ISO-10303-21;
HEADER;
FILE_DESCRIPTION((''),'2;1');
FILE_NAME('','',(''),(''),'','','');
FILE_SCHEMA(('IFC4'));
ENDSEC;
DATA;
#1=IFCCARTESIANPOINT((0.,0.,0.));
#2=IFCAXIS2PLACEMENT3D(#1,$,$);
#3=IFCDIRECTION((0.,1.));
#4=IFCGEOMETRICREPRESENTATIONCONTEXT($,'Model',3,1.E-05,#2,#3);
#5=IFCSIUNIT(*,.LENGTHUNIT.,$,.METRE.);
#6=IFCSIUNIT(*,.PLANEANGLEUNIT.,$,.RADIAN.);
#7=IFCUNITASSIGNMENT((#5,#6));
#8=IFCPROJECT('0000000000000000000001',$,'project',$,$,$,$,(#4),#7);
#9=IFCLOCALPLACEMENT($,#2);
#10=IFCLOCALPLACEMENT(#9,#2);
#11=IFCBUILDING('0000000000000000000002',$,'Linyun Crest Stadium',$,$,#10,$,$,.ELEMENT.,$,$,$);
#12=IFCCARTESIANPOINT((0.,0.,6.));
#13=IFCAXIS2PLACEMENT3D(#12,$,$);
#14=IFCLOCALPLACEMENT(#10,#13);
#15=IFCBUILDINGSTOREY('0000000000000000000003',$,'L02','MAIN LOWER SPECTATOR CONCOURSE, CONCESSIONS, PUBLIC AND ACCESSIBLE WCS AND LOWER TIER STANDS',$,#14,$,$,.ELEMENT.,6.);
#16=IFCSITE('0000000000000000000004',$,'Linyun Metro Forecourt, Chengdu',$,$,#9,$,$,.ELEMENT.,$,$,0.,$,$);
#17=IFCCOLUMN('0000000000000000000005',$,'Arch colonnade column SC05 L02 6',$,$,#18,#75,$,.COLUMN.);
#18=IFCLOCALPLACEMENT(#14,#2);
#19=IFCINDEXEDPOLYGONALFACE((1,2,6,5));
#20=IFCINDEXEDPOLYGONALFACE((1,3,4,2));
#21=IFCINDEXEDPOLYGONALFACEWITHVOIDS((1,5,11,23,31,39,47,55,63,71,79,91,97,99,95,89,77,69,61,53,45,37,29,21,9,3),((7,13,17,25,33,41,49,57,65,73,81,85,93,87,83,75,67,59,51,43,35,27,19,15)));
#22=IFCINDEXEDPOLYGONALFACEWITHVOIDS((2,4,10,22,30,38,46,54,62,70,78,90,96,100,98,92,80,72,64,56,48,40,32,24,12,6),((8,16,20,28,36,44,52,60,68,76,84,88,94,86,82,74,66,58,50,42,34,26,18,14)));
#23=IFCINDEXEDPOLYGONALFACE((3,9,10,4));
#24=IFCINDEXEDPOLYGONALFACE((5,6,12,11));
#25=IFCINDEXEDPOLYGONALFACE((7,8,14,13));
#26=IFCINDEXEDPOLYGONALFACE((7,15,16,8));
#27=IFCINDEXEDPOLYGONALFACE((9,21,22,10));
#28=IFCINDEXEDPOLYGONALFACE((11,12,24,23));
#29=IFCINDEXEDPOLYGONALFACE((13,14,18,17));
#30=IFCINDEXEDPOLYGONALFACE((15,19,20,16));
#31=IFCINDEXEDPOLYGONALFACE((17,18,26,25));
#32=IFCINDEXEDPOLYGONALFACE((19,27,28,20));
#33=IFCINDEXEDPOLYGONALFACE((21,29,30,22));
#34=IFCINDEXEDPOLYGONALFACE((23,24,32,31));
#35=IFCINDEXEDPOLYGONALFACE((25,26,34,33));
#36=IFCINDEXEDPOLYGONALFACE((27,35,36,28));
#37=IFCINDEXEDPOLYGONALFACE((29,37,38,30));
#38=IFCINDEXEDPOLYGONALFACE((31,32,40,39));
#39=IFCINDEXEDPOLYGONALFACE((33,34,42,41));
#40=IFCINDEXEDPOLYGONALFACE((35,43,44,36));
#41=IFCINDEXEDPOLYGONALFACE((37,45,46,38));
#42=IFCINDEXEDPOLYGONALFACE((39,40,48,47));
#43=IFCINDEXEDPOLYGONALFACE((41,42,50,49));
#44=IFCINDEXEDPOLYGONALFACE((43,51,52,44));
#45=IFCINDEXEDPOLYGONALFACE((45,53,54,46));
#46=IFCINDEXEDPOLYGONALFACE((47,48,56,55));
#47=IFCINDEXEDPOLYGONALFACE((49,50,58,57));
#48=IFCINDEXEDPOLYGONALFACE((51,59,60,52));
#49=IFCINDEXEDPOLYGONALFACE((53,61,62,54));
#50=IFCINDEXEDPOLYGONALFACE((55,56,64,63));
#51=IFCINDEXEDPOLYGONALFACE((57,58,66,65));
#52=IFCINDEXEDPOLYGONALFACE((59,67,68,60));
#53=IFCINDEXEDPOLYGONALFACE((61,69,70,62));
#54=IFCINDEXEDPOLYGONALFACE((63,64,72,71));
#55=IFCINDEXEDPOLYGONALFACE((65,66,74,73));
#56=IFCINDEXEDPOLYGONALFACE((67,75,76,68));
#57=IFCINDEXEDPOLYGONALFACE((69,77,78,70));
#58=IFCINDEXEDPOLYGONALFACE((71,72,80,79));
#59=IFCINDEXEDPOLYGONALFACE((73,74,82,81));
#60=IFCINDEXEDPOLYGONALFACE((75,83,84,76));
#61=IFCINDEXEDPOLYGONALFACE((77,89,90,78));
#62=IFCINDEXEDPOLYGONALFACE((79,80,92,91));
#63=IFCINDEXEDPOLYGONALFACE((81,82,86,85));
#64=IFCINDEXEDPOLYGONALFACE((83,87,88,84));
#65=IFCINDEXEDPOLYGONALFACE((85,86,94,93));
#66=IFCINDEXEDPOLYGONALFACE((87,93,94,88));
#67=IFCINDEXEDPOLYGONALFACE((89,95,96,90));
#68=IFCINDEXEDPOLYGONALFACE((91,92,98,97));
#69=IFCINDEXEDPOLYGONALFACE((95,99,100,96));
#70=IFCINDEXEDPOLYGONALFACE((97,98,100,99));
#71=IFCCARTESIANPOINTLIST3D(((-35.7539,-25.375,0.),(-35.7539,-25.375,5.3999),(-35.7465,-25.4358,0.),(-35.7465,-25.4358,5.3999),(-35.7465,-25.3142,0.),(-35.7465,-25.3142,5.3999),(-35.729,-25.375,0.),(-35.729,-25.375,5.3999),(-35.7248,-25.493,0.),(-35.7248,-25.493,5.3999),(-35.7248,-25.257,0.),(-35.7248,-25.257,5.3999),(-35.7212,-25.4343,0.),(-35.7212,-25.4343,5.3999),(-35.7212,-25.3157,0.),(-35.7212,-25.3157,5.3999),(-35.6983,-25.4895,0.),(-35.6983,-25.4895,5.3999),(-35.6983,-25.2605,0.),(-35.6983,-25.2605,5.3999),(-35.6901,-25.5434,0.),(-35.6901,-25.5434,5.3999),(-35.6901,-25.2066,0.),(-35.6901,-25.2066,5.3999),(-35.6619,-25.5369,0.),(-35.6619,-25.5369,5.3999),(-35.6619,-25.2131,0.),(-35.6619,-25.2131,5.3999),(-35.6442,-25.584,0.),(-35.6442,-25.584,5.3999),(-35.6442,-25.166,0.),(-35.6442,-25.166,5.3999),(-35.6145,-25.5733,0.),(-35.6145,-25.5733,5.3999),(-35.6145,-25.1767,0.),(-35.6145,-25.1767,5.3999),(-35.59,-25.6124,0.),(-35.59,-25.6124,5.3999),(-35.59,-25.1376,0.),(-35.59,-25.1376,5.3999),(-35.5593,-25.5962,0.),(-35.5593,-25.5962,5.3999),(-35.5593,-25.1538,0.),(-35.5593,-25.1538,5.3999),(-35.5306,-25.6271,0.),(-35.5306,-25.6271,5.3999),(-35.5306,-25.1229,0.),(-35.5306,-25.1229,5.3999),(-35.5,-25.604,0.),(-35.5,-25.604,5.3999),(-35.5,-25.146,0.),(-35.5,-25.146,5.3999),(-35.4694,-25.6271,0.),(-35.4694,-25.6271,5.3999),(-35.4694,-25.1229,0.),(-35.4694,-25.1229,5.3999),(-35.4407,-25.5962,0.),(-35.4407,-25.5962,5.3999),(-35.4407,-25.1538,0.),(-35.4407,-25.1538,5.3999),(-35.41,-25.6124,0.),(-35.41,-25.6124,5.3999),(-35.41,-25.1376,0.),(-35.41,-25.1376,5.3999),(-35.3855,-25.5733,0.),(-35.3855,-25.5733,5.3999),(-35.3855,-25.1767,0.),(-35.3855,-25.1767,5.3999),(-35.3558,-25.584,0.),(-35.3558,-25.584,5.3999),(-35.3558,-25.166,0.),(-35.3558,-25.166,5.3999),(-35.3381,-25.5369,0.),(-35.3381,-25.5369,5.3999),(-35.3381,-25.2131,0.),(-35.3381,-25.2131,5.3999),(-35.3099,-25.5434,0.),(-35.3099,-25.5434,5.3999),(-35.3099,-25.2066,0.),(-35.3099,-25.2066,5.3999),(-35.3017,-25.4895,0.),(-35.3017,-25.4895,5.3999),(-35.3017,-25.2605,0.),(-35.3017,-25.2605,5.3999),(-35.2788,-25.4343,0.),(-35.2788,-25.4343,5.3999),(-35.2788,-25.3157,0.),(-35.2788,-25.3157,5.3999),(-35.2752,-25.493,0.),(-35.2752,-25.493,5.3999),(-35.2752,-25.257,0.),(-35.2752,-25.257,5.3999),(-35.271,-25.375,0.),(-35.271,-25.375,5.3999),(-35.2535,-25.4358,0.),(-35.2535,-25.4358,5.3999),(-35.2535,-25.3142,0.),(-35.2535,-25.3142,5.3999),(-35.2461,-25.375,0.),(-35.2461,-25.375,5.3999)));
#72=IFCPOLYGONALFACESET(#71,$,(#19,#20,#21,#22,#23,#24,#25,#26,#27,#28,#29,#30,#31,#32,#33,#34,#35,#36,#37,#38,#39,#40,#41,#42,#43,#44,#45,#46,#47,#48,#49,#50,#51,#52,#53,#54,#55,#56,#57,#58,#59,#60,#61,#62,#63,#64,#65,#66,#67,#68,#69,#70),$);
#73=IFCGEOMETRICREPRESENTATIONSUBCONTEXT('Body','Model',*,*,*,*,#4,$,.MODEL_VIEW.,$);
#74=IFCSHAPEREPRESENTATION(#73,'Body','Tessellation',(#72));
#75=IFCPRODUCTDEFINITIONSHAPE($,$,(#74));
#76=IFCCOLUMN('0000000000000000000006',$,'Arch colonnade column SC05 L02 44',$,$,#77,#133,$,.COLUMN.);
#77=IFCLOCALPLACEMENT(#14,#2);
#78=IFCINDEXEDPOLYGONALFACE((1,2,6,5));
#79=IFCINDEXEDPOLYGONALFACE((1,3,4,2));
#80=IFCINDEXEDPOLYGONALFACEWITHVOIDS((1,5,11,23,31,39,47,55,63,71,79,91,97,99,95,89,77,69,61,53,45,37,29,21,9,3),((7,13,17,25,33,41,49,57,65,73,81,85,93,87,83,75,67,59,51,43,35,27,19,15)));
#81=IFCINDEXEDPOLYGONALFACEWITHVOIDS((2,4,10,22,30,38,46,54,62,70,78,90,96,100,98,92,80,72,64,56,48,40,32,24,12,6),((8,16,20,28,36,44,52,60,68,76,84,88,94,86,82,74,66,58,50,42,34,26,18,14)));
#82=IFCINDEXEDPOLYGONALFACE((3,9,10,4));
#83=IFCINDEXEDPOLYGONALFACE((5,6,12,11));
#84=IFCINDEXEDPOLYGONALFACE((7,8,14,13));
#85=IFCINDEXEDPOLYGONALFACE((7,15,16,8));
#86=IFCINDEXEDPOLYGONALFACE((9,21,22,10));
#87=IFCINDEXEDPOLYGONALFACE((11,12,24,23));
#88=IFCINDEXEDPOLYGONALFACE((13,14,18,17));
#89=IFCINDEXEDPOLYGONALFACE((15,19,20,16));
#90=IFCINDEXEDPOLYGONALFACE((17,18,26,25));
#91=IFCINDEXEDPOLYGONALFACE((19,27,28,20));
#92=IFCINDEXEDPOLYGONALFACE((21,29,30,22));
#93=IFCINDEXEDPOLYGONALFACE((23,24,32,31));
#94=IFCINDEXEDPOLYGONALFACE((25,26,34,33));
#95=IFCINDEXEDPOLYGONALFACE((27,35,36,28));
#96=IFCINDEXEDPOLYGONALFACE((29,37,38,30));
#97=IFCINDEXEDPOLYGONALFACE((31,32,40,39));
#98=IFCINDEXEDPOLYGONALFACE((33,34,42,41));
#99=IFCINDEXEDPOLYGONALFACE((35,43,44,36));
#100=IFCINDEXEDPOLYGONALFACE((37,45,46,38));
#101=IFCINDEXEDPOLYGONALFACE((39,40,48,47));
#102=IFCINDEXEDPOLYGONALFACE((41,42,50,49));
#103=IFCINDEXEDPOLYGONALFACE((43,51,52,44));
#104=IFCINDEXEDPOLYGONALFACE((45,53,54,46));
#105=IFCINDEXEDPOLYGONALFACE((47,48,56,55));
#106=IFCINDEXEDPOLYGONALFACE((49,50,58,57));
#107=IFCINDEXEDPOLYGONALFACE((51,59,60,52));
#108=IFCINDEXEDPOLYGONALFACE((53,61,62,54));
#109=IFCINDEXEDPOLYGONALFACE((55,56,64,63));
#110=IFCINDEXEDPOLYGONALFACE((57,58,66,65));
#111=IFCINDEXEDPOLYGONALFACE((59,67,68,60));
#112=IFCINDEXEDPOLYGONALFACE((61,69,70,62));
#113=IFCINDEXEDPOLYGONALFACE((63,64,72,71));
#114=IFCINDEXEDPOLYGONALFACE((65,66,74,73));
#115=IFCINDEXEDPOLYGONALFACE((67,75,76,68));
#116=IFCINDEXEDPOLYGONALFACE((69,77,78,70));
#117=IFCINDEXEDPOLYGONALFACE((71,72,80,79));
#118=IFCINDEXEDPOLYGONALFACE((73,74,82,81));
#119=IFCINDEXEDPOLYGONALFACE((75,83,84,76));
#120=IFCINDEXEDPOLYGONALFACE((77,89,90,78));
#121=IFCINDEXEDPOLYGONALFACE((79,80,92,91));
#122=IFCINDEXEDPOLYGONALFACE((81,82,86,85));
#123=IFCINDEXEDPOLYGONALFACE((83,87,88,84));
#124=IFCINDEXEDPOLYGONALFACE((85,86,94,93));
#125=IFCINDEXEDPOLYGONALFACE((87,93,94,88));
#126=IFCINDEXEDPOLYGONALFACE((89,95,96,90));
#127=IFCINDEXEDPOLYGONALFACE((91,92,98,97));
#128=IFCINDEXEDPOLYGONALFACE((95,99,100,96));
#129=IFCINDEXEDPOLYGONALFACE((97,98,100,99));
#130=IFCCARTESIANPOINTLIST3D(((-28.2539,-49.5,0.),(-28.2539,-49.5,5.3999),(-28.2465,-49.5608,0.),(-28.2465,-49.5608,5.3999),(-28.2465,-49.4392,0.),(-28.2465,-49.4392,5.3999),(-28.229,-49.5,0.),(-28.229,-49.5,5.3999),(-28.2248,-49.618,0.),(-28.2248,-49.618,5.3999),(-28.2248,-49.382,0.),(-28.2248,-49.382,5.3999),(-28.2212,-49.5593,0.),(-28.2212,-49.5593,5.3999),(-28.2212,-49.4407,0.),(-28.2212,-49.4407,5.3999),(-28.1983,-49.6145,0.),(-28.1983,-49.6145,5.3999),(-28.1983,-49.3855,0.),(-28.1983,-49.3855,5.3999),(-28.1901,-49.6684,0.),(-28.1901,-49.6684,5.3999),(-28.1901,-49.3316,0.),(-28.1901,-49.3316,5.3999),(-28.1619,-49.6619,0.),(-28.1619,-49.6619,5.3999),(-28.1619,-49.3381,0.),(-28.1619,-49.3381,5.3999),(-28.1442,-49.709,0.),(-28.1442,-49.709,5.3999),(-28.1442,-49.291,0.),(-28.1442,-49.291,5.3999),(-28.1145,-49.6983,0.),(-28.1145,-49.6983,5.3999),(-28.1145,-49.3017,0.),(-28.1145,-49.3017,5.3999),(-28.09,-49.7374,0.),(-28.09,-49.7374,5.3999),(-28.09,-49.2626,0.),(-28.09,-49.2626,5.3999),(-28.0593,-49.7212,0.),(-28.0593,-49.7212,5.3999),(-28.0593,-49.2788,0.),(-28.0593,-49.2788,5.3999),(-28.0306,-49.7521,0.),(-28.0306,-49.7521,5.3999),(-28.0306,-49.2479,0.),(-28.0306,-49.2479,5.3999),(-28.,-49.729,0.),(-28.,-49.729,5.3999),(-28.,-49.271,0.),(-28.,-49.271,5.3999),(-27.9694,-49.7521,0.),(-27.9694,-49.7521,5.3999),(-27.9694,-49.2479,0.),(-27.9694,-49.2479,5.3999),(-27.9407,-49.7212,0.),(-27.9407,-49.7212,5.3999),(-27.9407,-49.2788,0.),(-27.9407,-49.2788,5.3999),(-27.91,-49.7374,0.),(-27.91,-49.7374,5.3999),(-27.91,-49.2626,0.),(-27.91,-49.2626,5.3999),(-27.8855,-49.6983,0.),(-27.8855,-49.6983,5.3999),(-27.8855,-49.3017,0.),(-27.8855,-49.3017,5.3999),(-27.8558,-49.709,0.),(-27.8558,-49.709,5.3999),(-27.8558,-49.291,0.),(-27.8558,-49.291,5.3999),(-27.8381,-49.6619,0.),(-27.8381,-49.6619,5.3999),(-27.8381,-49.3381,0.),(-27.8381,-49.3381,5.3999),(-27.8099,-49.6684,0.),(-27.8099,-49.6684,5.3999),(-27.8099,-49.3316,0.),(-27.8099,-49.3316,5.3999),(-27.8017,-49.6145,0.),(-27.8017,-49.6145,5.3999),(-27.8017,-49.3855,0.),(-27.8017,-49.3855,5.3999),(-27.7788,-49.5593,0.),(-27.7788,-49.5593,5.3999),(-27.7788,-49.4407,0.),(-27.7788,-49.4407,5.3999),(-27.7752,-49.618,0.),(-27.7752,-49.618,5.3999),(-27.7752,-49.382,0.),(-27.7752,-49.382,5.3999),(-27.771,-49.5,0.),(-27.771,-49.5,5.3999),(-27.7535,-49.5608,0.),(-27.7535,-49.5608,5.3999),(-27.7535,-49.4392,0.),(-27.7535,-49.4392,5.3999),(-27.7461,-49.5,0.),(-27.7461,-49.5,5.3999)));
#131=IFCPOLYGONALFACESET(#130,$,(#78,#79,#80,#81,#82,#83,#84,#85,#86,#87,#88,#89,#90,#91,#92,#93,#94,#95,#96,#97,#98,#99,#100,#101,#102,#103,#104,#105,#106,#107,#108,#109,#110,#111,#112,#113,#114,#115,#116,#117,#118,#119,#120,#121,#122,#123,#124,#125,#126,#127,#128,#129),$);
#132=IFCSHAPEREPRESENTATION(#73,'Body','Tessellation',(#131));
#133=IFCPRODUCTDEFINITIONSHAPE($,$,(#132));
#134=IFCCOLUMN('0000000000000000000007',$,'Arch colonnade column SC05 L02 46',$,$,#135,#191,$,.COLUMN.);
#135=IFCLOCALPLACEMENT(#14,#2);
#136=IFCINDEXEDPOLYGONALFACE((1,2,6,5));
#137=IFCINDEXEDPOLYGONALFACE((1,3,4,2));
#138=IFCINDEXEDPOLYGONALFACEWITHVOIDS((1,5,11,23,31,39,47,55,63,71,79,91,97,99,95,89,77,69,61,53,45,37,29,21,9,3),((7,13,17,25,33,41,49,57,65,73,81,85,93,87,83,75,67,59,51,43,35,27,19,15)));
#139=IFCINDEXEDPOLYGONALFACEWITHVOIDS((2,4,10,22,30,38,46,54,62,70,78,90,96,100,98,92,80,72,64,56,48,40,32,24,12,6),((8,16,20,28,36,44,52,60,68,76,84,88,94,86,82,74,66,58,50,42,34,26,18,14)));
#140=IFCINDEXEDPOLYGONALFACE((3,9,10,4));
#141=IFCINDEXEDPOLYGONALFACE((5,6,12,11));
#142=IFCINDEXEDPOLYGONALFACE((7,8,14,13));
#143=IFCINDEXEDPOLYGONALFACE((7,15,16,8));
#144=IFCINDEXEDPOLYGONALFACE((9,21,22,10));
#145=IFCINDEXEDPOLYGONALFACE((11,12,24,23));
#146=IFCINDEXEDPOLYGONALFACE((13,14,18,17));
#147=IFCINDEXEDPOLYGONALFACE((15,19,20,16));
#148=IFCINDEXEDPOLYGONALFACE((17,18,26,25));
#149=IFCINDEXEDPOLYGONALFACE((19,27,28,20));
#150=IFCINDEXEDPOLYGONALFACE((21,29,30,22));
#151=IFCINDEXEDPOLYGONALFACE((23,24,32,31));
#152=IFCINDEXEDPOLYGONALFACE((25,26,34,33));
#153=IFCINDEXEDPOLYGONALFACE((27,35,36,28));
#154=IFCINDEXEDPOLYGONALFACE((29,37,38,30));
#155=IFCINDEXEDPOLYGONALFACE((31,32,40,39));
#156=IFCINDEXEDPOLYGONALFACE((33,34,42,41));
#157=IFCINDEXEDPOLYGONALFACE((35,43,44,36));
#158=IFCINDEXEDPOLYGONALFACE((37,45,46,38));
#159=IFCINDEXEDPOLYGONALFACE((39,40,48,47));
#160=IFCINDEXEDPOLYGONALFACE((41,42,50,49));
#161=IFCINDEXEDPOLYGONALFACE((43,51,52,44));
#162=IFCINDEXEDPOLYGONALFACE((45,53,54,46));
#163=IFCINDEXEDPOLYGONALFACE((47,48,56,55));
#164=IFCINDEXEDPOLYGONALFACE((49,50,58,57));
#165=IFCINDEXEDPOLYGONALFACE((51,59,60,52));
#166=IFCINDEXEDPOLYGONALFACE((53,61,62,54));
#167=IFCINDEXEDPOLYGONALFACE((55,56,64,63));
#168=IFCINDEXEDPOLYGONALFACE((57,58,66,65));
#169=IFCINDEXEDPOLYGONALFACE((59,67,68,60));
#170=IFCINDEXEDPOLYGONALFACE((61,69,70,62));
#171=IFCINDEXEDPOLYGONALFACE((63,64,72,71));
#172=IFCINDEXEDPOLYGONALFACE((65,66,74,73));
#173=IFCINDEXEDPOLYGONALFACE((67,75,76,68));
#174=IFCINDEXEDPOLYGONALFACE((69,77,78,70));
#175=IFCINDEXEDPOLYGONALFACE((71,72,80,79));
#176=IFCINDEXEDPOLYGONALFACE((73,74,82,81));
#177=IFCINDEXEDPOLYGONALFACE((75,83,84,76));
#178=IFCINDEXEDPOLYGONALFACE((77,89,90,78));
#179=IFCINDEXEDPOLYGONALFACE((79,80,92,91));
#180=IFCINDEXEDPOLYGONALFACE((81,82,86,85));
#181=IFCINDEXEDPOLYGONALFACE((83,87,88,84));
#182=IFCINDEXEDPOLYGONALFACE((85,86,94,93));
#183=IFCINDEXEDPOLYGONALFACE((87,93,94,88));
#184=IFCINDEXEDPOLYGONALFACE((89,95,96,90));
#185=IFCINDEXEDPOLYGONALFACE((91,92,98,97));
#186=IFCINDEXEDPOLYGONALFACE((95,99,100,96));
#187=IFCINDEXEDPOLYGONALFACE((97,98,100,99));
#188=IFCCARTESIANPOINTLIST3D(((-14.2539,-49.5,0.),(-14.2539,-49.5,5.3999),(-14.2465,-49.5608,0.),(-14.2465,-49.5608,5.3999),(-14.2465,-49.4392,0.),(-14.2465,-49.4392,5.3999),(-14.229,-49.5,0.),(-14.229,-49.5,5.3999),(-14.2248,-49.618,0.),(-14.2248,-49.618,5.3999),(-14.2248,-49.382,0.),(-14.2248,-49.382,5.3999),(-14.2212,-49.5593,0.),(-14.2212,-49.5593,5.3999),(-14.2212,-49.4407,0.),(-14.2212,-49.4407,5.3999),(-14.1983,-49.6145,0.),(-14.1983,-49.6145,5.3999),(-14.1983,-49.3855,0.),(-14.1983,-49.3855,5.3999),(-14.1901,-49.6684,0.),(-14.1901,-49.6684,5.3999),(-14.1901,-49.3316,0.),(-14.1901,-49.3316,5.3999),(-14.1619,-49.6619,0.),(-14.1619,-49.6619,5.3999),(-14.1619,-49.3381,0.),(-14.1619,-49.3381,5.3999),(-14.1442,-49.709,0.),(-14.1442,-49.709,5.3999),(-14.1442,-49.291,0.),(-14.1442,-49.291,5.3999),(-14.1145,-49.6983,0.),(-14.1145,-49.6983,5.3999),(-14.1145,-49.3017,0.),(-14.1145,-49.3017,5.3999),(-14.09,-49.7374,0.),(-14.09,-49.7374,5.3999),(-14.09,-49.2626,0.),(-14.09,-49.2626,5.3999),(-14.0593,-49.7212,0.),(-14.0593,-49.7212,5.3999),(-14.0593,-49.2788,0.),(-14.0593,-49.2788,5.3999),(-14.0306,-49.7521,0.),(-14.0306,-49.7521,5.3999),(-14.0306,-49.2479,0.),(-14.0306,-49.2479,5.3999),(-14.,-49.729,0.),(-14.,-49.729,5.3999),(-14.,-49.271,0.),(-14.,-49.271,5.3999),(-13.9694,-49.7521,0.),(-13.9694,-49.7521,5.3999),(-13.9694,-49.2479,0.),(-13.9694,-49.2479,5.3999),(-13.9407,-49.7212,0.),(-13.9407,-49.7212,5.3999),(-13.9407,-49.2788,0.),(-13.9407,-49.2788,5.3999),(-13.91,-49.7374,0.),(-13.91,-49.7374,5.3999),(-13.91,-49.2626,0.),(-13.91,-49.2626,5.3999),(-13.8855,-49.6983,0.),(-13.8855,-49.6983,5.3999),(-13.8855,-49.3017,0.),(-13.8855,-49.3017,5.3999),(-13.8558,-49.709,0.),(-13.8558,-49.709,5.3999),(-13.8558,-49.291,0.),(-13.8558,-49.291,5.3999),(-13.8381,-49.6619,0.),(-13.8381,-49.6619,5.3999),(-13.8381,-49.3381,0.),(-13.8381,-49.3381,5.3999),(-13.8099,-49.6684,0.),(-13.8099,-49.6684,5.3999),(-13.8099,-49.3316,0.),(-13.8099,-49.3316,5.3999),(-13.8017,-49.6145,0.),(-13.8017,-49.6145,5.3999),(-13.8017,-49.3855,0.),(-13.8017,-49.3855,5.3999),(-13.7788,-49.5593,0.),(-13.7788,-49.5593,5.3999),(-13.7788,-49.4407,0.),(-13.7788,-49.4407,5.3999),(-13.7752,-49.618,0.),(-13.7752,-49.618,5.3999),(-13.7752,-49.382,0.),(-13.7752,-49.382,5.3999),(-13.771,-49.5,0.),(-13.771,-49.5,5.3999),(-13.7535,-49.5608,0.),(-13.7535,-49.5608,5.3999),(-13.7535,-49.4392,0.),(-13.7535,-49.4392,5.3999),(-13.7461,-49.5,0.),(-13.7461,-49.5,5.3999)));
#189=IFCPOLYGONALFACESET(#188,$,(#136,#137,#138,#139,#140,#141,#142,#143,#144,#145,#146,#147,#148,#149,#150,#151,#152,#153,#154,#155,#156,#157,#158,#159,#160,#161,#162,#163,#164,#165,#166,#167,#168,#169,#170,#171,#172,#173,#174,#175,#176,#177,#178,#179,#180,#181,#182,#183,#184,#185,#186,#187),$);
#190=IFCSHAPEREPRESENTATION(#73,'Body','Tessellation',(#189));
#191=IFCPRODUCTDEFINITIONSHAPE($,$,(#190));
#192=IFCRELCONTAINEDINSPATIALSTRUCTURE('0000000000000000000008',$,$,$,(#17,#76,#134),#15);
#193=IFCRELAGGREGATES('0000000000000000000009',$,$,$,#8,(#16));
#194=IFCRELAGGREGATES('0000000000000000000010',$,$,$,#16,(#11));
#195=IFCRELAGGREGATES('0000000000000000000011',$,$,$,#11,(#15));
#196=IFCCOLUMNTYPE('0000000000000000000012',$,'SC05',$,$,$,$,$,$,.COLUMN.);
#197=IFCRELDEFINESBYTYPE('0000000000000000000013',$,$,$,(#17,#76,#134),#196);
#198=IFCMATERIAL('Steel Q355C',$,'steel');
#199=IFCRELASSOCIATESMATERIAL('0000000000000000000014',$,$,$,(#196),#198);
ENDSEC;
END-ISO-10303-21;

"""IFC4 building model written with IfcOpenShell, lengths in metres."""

from ifc_helpers import new_model, si_unit, direction, frame, origin, origin_2d, place, context, subcontext, project, spatial, hollow_circle, extrude, material, material_profile, profile_set, type_object, element, save


model = new_model("IFC4")

# Units and contexts
model_context = context("Model", 3, precision=1e-05, world=origin(), true_north=direction((0.0, 1.0)))
body_context = subcontext(model_context, "Body", "Model", "MODEL_VIEW")
ifc_project = project(units=[si_unit("LENGTHUNIT", "METRE"), si_unit("PLANEANGLEUNIT", "RADIAN")], contexts=[model_context])

# Site, building, storey
site_placement = place(None, origin())
site = spatial("IfcSite", under=ifc_project, at=site_placement, Name="Linyun Metro Forecourt, Chengdu", CompositionType="ELEMENT", RefElevation=0.0)
building_placement = place(site_placement, origin())
building = spatial("IfcBuilding", under=site, at=building_placement, Name="Linyun Crest Stadium", CompositionType="ELEMENT")
storey_placement = place(building_placement, frame((0.0, 0.0, 6.0)))
storey = spatial("IfcBuildingStorey", under=building, at=storey_placement, Name="L02", Description="MAIN LOWER SPECTATOR CONCOURSE, CONCESSIONS, PUBLIC AND ACCESSIBLE WCS AND LOWER TIER STANDS", CompositionType="ELEMENT", Elevation=6.0)

# Columns
ifc_material_1 = material(Name="Steel Q355C", Category="steel")
ifc_material_profile_1 = material_profile(ifc_material_1, hollow_circle(Radius=0.2539, WallThickness=0.0249, at=origin_2d()), Name="CHS 508x25")
ifc_profile_set_1 = profile_set([ifc_material_profile_1], Name="Steel Q355C")
column_type_1 = type_object("IfcColumnType", Name="SC05", PredefinedType="COLUMN", material=ifc_profile_set_1)
for number, where, z_axis, x_axis, name in (
    (1, (-35.5, -25.375, 0.0), (0.0, 0.0, 1.0), (1.0, 0.0, 0.0), "Arch colonnade column SC05 L02 6"),
    (2, (-28.0, -49.5, 0.0), (0.0, 0.0, 1.0), (1.0, 0.0, 0.0), "Arch colonnade column SC05 L02 44"),
    (3, (-14.0, -49.5, 0.0), (0.0, 0.0, 1.0), (1.0, 0.0, 0.0), "Arch colonnade column SC05 L02 46"),
):
    element("IfcColumn", number, at=place(storey_placement, frame(where, z_axis=z_axis, x_axis=x_axis)), inside=storey, type_object=column_type_1, Name=name, PredefinedType="COLUMN", context=body_context, shape_type="SweptSolid", body=[
        extrude(hollow_circle(Radius=0.2539, WallThickness=0.0249, at=origin_2d()), origin(), (0.0, 0.0, 1.0), 5.3999),
    ])

save(model, "model.ifc")
